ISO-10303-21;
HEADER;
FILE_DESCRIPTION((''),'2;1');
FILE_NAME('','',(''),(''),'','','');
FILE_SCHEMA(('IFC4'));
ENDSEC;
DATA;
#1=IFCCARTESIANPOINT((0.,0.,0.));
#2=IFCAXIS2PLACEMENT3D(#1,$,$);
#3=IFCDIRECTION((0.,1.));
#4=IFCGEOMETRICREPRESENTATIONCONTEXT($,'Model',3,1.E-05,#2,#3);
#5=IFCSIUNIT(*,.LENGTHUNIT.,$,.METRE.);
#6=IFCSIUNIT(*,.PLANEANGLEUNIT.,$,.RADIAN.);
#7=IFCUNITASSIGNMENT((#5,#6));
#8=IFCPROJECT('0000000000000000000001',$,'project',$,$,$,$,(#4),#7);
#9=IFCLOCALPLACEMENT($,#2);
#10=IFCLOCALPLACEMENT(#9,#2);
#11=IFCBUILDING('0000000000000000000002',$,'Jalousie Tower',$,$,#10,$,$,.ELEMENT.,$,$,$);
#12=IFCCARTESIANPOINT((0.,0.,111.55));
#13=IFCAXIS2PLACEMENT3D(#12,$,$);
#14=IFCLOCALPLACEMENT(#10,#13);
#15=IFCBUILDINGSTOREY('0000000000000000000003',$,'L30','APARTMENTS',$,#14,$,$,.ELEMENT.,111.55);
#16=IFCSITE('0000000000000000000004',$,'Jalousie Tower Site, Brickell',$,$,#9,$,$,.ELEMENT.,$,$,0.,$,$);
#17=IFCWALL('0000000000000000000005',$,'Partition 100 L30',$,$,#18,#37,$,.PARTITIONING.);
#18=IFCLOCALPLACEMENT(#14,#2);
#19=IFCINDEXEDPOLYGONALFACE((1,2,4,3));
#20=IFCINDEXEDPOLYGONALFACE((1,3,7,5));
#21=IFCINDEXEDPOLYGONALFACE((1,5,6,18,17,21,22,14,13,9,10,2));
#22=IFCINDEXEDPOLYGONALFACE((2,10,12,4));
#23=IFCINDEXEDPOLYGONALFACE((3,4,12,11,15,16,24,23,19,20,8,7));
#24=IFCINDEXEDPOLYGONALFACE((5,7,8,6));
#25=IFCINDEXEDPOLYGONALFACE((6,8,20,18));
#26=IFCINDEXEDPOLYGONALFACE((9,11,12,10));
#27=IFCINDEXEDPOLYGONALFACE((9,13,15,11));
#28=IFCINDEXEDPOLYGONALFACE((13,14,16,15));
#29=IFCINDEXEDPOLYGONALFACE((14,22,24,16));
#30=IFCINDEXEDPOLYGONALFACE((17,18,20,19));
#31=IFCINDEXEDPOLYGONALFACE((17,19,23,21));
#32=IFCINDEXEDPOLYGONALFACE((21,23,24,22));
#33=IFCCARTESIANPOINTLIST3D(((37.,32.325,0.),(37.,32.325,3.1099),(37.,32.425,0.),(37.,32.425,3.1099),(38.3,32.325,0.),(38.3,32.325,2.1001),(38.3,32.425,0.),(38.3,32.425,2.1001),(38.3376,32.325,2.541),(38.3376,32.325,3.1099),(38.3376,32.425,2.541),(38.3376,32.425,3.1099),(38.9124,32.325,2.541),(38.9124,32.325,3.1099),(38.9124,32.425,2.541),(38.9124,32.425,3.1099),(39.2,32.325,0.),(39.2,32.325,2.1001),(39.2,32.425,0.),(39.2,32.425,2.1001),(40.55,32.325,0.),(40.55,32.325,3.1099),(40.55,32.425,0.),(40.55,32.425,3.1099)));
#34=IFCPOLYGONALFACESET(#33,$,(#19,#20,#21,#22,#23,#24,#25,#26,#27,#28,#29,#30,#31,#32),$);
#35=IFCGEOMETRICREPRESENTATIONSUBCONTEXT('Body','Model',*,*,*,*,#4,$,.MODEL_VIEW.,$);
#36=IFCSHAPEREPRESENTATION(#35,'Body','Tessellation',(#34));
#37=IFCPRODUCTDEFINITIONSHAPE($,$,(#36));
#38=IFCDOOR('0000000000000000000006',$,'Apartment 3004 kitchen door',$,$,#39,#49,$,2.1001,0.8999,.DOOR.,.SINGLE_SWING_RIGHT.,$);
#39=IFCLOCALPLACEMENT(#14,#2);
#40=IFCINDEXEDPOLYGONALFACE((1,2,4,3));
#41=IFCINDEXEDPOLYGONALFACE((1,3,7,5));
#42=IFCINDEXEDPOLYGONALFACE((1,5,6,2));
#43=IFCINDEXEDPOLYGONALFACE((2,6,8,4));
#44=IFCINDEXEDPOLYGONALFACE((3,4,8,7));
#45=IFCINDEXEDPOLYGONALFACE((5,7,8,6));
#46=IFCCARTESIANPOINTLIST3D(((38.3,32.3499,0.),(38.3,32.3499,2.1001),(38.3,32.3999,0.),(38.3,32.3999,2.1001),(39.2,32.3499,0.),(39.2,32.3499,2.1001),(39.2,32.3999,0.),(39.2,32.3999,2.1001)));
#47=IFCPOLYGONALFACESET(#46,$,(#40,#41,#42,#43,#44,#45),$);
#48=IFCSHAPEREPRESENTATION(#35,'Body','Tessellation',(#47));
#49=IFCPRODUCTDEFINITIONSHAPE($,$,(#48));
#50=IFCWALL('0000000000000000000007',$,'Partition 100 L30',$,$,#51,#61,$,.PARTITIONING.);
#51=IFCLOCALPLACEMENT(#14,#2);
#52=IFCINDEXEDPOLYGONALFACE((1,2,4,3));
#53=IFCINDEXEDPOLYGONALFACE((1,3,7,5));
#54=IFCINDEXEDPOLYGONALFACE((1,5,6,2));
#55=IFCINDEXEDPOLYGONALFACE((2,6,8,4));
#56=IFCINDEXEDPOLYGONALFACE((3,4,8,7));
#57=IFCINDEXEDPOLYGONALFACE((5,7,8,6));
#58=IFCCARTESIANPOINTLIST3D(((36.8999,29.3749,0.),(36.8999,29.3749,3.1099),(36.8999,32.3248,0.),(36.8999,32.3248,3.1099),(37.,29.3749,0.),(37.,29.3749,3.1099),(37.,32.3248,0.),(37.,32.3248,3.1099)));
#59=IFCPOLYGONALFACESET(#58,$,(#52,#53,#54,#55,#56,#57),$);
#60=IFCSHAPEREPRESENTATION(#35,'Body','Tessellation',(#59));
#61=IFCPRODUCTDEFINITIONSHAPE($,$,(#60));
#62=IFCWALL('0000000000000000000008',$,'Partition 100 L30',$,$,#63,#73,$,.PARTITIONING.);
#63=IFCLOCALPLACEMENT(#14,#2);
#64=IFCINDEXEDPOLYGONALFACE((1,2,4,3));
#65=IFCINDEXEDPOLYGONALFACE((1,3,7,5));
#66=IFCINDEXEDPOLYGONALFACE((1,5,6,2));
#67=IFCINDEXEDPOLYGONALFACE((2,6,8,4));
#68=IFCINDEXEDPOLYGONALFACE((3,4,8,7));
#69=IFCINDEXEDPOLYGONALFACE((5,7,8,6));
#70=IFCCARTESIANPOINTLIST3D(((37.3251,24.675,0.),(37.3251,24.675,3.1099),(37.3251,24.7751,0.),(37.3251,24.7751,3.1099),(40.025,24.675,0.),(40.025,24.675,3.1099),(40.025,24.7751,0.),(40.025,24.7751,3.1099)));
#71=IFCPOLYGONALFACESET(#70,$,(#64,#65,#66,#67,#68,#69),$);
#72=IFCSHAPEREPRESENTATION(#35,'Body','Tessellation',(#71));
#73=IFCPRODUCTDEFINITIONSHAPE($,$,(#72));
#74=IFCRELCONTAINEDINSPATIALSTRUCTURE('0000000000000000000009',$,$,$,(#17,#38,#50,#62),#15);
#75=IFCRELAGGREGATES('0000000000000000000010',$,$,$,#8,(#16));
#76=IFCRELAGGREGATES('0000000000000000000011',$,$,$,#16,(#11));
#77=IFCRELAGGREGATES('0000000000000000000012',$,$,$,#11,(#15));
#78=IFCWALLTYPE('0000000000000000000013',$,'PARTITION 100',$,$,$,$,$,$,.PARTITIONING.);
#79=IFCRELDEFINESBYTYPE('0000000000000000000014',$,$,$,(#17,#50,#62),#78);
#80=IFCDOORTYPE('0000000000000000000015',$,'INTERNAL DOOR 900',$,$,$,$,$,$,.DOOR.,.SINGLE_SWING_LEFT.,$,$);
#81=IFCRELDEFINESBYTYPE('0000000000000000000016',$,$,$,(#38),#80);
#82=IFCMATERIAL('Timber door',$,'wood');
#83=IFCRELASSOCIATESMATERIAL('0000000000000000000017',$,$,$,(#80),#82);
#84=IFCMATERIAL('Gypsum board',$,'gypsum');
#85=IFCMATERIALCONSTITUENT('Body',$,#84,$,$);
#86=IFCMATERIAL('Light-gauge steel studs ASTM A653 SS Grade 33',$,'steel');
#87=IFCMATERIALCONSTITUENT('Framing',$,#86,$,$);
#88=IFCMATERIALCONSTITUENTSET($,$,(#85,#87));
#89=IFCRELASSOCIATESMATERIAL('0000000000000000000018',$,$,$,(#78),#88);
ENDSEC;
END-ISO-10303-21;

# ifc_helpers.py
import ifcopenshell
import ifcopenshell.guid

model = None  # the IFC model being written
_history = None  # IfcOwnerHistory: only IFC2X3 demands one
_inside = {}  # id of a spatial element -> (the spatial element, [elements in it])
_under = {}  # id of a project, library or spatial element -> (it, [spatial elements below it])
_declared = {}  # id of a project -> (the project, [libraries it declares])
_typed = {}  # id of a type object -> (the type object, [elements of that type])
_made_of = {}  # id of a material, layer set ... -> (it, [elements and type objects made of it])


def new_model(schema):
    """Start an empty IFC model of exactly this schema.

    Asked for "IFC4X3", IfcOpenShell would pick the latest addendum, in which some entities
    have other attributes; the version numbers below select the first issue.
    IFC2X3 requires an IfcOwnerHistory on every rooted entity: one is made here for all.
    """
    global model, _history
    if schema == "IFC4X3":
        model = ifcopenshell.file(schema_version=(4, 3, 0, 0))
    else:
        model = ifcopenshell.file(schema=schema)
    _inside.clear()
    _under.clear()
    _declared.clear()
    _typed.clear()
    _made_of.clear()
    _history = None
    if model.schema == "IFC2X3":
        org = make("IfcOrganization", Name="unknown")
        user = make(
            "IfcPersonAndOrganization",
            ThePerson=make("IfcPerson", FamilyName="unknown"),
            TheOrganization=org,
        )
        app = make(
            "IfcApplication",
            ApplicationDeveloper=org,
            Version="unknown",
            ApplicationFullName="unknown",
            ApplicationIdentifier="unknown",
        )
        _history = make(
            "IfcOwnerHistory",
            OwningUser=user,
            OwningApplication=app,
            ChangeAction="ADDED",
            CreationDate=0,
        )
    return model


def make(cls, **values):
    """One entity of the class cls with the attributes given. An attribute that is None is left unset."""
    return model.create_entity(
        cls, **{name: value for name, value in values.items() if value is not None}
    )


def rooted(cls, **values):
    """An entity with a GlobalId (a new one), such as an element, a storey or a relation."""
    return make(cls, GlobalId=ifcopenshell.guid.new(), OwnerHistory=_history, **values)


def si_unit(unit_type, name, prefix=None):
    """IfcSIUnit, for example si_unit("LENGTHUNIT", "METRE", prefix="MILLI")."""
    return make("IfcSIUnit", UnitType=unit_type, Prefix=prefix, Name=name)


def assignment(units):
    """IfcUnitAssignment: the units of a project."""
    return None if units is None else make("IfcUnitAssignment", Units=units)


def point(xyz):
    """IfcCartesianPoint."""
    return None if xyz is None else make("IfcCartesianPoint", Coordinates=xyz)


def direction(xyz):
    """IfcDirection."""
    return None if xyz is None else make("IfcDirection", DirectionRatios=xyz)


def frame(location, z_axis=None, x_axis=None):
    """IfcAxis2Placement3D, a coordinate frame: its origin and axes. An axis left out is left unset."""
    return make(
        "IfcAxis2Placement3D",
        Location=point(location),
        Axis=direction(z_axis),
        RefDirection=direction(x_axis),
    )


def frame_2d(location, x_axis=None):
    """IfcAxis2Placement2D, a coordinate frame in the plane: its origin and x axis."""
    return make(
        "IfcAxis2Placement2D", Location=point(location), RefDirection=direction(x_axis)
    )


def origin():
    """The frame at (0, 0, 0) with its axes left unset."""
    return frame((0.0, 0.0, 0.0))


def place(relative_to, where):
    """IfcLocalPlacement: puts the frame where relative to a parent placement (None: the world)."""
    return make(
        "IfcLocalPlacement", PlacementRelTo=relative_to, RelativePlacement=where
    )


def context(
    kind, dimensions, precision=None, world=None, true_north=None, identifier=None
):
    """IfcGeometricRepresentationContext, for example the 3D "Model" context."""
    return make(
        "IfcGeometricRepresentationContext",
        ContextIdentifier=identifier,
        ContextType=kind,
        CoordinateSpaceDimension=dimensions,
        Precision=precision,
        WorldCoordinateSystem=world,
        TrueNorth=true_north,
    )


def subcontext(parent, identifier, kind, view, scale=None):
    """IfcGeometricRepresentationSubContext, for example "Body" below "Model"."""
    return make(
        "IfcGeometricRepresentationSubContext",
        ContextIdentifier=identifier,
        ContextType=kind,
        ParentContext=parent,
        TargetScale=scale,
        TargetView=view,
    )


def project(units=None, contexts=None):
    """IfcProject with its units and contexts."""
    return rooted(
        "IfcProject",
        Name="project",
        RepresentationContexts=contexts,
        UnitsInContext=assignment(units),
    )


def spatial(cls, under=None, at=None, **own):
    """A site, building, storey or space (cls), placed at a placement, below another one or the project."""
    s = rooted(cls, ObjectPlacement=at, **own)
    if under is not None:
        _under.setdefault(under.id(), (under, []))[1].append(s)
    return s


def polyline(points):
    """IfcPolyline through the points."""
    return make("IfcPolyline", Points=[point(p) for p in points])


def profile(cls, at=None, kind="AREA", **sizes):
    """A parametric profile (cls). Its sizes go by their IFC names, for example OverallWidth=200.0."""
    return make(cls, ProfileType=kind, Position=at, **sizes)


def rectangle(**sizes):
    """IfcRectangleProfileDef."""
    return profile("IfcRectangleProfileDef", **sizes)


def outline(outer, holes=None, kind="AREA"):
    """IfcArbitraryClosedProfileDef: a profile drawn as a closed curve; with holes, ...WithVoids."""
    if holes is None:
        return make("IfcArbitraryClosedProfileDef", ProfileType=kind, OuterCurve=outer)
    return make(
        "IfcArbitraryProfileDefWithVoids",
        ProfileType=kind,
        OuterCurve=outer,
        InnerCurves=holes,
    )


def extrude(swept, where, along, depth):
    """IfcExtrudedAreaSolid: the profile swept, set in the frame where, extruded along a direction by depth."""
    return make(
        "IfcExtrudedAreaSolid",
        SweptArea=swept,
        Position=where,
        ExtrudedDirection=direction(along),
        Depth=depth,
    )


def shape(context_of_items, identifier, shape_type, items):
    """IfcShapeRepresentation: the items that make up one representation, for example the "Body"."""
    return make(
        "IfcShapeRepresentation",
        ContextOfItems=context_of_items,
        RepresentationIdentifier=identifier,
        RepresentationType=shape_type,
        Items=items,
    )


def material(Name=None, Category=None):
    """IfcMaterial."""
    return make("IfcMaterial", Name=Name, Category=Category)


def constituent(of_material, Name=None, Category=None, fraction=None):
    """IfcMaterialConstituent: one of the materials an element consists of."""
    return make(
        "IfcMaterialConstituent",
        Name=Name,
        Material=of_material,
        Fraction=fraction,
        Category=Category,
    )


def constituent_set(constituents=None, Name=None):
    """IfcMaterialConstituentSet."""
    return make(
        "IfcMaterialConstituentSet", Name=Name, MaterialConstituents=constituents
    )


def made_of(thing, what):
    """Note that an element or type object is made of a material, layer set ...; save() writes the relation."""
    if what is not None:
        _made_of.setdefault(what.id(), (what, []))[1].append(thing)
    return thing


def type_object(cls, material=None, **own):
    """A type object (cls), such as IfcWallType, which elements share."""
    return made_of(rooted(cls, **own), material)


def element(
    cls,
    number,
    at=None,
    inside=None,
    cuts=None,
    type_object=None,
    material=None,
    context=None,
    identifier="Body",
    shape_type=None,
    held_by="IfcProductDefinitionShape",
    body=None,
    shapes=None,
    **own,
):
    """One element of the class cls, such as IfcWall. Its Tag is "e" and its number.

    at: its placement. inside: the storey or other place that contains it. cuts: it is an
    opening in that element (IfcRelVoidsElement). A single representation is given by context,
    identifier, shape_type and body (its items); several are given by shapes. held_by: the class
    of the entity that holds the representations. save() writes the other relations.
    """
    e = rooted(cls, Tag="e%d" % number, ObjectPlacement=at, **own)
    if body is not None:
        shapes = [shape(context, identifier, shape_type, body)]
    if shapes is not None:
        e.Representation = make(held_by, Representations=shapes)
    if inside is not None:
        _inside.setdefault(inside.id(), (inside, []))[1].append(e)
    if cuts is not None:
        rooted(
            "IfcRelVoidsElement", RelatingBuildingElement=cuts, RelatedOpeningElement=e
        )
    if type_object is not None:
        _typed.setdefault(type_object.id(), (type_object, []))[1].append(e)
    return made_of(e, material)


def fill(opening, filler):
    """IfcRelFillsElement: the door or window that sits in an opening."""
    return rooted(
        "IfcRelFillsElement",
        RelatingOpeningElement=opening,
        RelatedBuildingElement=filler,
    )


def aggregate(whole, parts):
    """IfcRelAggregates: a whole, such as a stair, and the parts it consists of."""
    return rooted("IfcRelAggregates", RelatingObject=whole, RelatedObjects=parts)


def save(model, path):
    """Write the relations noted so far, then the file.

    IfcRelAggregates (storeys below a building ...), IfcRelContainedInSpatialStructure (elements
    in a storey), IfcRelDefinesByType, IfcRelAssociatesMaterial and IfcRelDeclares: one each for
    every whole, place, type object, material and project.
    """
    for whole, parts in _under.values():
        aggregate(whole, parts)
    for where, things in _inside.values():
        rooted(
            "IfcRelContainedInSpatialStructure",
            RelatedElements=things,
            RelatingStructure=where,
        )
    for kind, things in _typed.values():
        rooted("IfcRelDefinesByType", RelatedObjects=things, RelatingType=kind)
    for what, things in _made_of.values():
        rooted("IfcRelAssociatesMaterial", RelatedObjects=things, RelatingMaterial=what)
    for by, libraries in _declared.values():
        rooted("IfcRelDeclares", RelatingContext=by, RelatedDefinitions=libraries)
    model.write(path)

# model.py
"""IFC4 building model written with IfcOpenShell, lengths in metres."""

from ifc_helpers import new_model, si_unit, direction, frame, frame_2d, origin, place, context, subcontext, project, spatial, polyline, rectangle, outline, extrude, material, constituent, constituent_set, type_object, element, fill, save


model = new_model("IFC4")

# Units and contexts
model_context = context("Model", 3, precision=1e-05, world=origin(), true_north=direction((0.0, 1.0)))
body_context = subcontext(model_context, "Body", "Model", "MODEL_VIEW")
ifc_project = project(units=[si_unit("LENGTHUNIT", "METRE"), si_unit("PLANEANGLEUNIT", "RADIAN")], contexts=[model_context])

# Site, building, storey
site_placement = place(None, origin())
site = spatial("IfcSite", under=ifc_project, at=site_placement, Name="Jalousie Tower Site, Brickell", CompositionType="ELEMENT", RefElevation=0.0)
building_placement = place(site_placement, origin())
building = spatial("IfcBuilding", under=site, at=building_placement, Name="Jalousie Tower", CompositionType="ELEMENT")
storey_placement = place(building_placement, frame((0.0, 0.0, 111.55)))
storey = spatial("IfcBuildingStorey", under=building, at=storey_placement, Name="L30", Description="APARTMENTS", CompositionType="ELEMENT", Elevation=111.55)

# Shared definitions
ifc_material_1 = material(Name="Timber door", Category="wood")
door_type_1 = type_object("IfcDoorType", Name="INTERNAL DOOR 900", OperationType="SINGLE_SWING_LEFT", PredefinedType="DOOR", material=ifc_material_1)

# Wall, opening, door
ifc_material_2 = material(Name="Gypsum board", Category="gypsum")
ifc_constituent_1 = constituent(ifc_material_2, Name="Body")
ifc_material_3 = material(Name="Light-gauge steel studs ASTM A653 SS Grade 33", Category="steel")
ifc_constituent_2 = constituent(ifc_material_3, Name="Framing")
ifc_constituent_set_1 = constituent_set(constituents=[ifc_constituent_1, ifc_constituent_2])
wall_type_1 = type_object("IfcWallType", Name="PARTITION 100", PredefinedType="PARTITIONING", material=ifc_constituent_set_1)
wall_1_placement = place(storey_placement, frame((37.0, 32.375, 0.0), z_axis=(0.0, 0.0, 1.0), x_axis=(1.0, 0.0, 0.0)))
wall_1 = element("IfcWall", 1, at=wall_1_placement, inside=storey, type_object=wall_type_1, Name="Partition 100 L30", PredefinedType="PARTITIONING", context=body_context, shape_type="SweptSolid", body=[
    extrude(outline(polyline([(0.0, 0.0), (3.55, 0.0), (3.55, 3.1099), (1.9124, 3.1099), (1.9124, 2.541), (1.3376, 2.541), (1.3376, 3.1099), (0.0, 3.1099), (0.0, 0.0)])), frame((0.0, 0.05, 0.0), z_axis=(0.0, -1.0, 0.0), x_axis=(1.0, 0.0, 0.0)), (0.0, 0.0, 1.0), 0.1001),
])
opening_1_placement = place(wall_1_placement, frame((1.3, 0.0, 0.0)))
opening_1 = element("IfcOpeningElement", 2, at=opening_1_placement, cuts=wall_1, PredefinedType="OPENING", context=body_context, shape_type="SweptSolid", body=[
    extrude(rectangle(XDim=0.8999, YDim=2.1001, at=frame_2d((0.45, 1.05))), frame((0.0, 0.0601, 0.0), z_axis=(0.0, -1.0, 0.0), x_axis=(1.0, 0.0, 0.0)), (0.0, 0.0, 1.0), 0.1201),
])
door_1_placement = place(opening_1_placement, origin())
door_1 = element("IfcDoor", 3, at=door_1_placement, inside=storey, type_object=door_type_1, Name="Apartment 3004 kitchen door", OperationType="SINGLE_SWING_RIGHT", OverallHeight=2.1001, OverallWidth=0.8999, PredefinedType="DOOR", context=body_context, shape_type="SweptSolid", body=[
    extrude(rectangle(XDim=0.8999, YDim=2.1001, at=frame_2d((0.45, 1.05))), frame((0.0, 0.0249, 0.0), z_axis=(0.0, -1.0, 0.0), x_axis=(1.0, 0.0, 0.0)), (0.0, 0.0, 1.0), 0.05),
])
fill(opening_1, door_1)

# Walls
wall_2_placement = place(storey_placement, frame((36.95, 32.325, 0.0), z_axis=(0.0, 0.0, 1.0), x_axis=(0.0, -1.0, 0.0)))
element("IfcWall", 4, at=wall_2_placement, inside=storey, type_object=wall_type_1, Name="Partition 100 L30", PredefinedType="PARTITIONING", context=body_context, shape_type="SweptSolid", body=[
    extrude(rectangle(XDim=2.95, YDim=0.1001, at=frame_2d((1.4751, 0.0))), origin(), (0.0, 0.0, 1.0), 3.1099),
])
wall_3_placement = place(storey_placement, frame((37.325, 24.7251, 0.0), z_axis=(0.0, 0.0, 1.0), x_axis=(1.0, 0.0, 0.0)))
element("IfcWall", 5, at=wall_3_placement, inside=storey, type_object=wall_type_1, Name="Partition 100 L30", PredefinedType="PARTITIONING", context=body_context, shape_type="SweptSolid", body=[
    extrude(rectangle(XDim=2.7, YDim=0.1001, at=frame_2d((1.3501, 0.0))), origin(), (0.0, 0.0, 1.0), 3.1099),
])

save(model, "model.ifc")
